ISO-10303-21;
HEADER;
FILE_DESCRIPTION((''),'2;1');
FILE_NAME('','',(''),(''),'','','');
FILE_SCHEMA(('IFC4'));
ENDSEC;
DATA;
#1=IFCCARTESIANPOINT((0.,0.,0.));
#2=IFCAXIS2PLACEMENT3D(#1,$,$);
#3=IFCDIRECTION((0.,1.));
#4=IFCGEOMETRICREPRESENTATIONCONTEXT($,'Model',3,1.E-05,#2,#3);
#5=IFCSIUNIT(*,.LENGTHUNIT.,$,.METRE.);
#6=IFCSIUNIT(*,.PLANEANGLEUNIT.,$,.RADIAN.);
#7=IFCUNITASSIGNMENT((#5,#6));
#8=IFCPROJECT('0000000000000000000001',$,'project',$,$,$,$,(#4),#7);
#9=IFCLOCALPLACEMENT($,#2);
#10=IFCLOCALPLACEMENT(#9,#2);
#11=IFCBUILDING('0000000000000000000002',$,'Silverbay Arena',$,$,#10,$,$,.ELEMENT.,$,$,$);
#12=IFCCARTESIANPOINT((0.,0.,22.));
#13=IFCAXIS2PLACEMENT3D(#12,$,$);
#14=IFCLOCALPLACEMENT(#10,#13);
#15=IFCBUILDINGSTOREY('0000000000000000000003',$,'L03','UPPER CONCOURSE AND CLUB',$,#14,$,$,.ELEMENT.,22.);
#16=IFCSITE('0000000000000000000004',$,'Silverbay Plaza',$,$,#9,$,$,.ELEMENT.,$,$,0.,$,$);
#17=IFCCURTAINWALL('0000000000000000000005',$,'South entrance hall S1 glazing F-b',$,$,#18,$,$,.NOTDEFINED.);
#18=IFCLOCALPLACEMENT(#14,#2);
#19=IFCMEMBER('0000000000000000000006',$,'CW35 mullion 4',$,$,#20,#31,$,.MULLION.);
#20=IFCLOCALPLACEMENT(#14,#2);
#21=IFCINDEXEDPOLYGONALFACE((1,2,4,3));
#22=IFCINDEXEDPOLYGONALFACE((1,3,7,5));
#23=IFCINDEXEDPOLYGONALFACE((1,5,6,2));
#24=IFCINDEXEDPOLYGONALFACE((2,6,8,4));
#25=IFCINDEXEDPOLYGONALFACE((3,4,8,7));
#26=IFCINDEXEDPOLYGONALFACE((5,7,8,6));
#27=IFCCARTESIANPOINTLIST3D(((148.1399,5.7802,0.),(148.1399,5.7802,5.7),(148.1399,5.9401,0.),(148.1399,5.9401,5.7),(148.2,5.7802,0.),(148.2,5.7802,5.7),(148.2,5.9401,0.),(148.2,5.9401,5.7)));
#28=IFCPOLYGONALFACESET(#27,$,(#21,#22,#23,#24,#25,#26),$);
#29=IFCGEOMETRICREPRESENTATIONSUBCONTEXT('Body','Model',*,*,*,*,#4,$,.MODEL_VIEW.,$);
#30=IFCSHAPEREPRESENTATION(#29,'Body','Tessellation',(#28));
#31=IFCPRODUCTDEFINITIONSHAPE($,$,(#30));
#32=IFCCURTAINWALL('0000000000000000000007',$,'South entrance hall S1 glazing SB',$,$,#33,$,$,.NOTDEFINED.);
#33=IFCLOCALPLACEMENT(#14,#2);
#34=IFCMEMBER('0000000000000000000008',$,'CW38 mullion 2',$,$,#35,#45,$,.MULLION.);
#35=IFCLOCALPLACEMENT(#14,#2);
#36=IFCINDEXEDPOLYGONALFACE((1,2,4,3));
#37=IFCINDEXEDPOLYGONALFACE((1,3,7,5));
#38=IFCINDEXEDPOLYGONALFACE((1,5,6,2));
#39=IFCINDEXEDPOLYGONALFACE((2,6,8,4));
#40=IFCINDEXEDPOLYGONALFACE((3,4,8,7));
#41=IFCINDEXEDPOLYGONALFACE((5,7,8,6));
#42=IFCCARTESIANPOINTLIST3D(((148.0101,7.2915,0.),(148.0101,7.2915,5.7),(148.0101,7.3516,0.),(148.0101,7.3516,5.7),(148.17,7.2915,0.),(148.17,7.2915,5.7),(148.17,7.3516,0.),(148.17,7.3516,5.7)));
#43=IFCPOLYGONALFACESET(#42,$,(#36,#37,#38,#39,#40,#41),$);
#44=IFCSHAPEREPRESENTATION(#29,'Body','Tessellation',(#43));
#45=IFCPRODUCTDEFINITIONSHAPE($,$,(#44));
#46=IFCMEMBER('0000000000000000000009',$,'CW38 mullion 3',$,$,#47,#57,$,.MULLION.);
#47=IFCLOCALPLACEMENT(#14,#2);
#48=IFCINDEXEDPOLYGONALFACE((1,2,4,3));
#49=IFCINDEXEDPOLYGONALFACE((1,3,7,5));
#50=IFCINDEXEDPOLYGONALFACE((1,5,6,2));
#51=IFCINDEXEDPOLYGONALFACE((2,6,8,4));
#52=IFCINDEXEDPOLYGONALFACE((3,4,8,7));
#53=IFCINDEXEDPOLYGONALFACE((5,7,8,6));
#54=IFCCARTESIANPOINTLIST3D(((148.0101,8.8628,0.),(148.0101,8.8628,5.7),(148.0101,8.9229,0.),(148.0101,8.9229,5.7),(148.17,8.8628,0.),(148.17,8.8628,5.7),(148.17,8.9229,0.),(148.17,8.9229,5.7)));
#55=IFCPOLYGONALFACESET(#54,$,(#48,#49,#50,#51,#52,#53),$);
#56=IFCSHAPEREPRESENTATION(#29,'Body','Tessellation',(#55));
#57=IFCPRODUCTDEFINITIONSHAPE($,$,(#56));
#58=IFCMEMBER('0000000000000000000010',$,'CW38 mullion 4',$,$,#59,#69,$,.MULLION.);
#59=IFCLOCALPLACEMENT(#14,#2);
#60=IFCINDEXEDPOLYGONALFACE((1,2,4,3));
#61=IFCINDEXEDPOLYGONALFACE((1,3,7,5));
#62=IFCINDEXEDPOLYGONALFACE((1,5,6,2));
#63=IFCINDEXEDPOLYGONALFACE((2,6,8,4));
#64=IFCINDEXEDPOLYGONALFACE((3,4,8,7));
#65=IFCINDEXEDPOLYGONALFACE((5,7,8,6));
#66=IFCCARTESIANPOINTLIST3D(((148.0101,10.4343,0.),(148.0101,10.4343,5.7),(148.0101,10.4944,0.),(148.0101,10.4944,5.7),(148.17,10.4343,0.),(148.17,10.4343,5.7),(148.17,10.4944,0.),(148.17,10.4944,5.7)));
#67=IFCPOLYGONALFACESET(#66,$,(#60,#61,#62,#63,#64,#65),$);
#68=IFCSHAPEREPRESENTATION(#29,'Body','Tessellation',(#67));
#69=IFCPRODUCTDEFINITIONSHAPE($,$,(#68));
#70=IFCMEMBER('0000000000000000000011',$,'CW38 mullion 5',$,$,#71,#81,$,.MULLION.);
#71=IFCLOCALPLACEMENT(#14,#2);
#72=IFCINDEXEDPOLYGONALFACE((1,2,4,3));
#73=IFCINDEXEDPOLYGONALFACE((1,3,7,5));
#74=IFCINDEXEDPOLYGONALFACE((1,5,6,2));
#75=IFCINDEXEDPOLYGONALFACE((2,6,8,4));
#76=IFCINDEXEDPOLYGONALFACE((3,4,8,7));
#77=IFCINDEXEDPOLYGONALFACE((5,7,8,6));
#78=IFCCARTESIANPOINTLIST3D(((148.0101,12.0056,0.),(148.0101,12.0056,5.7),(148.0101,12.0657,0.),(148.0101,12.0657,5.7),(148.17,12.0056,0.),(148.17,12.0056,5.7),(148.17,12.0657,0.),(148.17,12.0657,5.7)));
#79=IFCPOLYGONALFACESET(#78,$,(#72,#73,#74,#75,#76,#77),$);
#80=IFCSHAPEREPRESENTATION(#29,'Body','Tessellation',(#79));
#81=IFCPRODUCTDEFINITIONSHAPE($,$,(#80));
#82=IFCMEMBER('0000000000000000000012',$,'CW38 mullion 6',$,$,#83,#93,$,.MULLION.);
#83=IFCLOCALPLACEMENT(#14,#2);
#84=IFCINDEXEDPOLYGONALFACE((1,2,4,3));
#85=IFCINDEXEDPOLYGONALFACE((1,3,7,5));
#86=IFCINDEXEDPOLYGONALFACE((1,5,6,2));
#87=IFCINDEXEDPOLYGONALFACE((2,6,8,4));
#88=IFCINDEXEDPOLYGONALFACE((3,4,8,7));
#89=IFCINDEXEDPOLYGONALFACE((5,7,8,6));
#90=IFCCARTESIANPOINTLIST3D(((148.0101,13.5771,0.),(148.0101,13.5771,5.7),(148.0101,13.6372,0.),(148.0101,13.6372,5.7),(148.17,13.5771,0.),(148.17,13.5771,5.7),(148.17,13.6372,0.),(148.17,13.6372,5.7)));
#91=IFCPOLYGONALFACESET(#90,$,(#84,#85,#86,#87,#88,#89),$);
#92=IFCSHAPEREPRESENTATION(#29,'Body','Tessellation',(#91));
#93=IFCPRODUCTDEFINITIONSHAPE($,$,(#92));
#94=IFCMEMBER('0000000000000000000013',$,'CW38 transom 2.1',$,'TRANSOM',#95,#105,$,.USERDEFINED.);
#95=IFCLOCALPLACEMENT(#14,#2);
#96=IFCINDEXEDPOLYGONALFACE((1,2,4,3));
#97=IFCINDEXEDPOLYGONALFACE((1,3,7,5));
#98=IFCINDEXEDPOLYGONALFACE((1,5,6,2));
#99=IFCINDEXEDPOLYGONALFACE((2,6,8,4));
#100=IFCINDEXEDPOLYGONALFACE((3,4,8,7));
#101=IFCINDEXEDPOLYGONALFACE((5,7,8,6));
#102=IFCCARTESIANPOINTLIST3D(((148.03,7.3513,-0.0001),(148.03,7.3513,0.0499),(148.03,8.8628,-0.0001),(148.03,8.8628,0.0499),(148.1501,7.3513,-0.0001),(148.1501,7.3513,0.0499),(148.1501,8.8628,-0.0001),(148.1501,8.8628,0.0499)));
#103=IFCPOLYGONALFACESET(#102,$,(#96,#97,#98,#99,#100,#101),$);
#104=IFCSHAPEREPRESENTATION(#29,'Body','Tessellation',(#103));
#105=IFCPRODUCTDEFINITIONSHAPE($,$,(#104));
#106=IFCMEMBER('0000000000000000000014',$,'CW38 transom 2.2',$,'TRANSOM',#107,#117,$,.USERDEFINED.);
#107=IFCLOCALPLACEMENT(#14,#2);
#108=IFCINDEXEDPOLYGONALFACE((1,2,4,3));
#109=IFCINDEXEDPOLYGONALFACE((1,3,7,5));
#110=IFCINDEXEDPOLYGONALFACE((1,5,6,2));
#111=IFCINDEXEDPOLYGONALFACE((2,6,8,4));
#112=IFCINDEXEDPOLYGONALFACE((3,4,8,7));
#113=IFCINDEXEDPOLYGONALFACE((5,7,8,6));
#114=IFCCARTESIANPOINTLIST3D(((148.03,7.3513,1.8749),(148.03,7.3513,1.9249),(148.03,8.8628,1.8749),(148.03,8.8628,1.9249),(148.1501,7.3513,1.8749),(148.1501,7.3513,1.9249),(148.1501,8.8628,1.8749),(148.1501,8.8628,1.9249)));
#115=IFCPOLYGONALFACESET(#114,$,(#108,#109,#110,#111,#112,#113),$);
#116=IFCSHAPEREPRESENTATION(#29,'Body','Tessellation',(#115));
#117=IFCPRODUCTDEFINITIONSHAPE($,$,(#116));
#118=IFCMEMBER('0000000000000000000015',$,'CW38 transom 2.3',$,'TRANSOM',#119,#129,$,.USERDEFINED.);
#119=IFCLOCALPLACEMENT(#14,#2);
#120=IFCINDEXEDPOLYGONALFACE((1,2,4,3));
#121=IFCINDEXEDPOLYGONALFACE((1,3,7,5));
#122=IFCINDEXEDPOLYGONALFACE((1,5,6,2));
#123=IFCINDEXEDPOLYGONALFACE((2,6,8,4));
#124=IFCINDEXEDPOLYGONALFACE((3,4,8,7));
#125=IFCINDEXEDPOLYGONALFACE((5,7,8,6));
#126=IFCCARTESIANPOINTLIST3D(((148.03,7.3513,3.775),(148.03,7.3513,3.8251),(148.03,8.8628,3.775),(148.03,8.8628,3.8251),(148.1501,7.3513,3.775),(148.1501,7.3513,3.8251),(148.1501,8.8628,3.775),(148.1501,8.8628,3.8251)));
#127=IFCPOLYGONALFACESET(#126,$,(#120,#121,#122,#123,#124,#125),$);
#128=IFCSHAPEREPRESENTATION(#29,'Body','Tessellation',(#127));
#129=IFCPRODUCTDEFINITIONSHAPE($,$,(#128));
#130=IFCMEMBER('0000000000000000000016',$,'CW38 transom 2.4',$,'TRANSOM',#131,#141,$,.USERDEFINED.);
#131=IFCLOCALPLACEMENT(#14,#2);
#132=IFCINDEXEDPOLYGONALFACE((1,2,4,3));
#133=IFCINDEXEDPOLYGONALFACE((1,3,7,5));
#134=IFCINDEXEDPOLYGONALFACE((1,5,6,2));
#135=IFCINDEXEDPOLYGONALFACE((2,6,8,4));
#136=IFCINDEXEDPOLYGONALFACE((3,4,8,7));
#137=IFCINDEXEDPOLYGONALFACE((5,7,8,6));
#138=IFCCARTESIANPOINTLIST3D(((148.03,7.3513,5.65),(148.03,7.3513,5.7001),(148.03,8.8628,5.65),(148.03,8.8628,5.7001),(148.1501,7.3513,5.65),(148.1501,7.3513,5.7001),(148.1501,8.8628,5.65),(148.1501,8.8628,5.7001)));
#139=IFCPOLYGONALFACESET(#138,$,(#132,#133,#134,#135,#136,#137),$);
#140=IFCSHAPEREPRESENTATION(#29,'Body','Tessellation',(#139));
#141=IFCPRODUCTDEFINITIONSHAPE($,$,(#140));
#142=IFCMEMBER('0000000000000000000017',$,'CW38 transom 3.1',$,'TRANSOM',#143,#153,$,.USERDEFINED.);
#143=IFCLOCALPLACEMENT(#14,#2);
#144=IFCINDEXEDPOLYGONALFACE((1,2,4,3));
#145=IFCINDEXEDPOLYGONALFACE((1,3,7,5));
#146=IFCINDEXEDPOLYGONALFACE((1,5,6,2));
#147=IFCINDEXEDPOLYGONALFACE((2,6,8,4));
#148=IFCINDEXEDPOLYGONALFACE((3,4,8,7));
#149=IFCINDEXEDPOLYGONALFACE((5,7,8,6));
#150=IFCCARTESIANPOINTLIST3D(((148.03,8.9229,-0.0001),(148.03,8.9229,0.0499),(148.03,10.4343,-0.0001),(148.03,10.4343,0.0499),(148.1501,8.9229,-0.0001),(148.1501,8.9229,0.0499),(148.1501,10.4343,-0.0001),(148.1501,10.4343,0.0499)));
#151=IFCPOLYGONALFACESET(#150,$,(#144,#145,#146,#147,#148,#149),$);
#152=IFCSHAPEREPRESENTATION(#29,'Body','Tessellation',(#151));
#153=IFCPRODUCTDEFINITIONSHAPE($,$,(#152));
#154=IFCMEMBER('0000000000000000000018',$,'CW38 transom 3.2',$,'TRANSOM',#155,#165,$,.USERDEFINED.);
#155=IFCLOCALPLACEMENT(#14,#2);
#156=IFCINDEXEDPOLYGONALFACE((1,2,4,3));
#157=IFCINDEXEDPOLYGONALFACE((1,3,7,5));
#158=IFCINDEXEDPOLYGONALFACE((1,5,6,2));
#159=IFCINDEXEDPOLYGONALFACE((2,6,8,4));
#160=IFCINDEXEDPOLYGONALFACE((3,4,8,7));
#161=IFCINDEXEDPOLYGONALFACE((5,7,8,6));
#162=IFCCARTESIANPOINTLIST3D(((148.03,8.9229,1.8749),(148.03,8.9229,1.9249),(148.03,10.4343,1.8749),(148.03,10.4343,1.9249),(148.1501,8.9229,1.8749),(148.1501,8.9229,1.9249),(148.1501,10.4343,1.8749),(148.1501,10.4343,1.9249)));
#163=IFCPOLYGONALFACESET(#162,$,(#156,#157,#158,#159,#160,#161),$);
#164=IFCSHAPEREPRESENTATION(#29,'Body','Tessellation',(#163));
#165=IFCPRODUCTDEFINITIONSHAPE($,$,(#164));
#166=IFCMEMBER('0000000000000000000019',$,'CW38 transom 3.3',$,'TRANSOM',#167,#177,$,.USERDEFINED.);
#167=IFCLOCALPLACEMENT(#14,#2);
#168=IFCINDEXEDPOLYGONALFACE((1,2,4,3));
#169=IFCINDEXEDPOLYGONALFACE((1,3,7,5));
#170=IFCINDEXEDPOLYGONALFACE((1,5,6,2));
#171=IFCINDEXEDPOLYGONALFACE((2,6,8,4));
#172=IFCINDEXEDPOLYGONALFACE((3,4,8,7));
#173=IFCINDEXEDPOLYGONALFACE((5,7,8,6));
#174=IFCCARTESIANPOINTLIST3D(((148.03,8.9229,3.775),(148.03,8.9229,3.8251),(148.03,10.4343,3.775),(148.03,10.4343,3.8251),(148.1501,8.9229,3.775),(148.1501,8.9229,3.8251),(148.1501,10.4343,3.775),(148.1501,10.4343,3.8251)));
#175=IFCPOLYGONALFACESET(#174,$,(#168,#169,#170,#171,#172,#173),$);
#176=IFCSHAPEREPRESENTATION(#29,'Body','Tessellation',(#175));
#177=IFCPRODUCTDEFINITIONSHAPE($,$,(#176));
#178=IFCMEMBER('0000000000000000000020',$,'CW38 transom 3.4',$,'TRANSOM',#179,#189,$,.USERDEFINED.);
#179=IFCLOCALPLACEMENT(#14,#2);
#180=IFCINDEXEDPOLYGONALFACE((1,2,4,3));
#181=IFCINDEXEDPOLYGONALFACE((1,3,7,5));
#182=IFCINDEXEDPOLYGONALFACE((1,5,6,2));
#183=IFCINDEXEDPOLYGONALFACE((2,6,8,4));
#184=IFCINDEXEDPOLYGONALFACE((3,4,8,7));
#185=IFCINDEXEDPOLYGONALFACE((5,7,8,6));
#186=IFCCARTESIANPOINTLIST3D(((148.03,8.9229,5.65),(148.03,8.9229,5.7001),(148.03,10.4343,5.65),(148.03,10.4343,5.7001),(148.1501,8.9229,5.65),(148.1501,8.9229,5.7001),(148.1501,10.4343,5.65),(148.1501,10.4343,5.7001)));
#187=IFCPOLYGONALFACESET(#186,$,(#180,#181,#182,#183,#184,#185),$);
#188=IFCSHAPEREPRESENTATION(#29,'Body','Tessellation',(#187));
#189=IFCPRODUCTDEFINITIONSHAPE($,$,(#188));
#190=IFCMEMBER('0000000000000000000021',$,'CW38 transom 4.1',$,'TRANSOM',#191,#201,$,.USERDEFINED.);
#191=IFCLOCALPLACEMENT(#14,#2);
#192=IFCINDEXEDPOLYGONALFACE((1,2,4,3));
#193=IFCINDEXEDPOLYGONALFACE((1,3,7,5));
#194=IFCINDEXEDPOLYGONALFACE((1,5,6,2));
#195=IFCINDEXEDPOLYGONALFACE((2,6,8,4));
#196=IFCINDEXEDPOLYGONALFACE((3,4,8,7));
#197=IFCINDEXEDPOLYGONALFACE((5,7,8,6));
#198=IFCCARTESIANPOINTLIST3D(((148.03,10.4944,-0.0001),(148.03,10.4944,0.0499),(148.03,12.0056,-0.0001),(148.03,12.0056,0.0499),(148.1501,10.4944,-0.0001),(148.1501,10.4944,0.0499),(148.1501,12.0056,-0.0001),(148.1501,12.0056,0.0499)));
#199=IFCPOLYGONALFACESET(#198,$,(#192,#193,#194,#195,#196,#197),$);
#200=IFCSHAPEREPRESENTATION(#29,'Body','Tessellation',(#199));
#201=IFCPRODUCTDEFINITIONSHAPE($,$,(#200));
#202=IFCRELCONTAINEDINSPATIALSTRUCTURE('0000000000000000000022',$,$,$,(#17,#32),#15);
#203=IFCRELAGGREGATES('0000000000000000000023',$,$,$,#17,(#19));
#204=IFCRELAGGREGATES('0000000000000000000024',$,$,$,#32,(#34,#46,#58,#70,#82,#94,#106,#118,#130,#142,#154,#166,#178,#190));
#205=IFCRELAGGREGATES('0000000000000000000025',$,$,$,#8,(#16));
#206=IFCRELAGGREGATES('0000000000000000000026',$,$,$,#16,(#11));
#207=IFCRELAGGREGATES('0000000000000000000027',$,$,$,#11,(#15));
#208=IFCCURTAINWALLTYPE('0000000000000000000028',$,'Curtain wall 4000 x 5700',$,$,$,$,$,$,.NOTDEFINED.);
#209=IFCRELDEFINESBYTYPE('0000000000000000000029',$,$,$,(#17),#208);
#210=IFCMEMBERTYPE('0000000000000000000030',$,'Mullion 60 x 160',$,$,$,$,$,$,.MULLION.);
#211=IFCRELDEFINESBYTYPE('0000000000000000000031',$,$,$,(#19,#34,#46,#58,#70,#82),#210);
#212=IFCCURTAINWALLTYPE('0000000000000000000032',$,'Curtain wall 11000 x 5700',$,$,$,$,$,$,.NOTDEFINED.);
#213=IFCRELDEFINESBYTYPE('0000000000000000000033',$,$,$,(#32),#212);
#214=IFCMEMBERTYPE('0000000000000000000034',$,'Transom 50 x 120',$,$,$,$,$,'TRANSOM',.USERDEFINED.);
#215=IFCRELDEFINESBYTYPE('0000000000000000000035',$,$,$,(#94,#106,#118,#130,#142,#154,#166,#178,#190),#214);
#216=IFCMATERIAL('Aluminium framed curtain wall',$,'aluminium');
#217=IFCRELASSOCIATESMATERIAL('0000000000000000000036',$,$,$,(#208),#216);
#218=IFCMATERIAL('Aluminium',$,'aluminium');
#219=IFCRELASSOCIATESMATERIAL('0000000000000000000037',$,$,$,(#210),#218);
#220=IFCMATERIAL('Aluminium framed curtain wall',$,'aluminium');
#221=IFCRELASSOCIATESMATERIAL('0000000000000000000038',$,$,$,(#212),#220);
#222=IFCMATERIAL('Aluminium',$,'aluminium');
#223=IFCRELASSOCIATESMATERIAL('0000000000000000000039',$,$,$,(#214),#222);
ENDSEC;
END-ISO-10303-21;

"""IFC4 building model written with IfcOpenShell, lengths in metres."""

from ifc_helpers import new_model, si_unit, direction, frame, origin, origin_2d, place, context, subcontext, project, spatial, rectangle, extrude, material, material_profile, profile_set, type_object, element, aggregate, save


model = new_model("IFC4")

# Units and contexts
model_context = context("Model", 3, precision=1e-05, world=origin(), true_north=direction((0.0, 1.0)))
body_context = subcontext(model_context, "Body", "Model", "MODEL_VIEW")
ifc_project = project(units=[si_unit("LENGTHUNIT", "METRE"), si_unit("PLANEANGLEUNIT", "RADIAN")], contexts=[model_context])

# Site, building, storey
site_placement = place(None, origin())
site = spatial("IfcSite", under=ifc_project, at=site_placement, Name="Silverbay Plaza", CompositionType="ELEMENT", RefElevation=0.0)
building_placement = place(site_placement, origin())
building = spatial("IfcBuilding", under=site, at=building_placement, Name="Silverbay Arena", CompositionType="ELEMENT")
storey_placement = place(building_placement, frame((0.0, 0.0, 22.0)))
storey = spatial("IfcBuildingStorey", under=building, at=storey_placement, Name="L03", Description="UPPER CONCOURSE AND CLUB", CompositionType="ELEMENT", Elevation=22.0)

# Curtain wall, member
ifc_material_1 = material(Name="Aluminium framed curtain wall", Category="aluminium")
curtain_wall_type_1 = type_object("IfcCurtainWallType", Name="Curtain wall 4000 x 5700", PredefinedType="NOTDEFINED", material=ifc_material_1)
curtain_wall_1_placement = place(storey_placement, origin())
curtain_wall_1 = element("IfcCurtainWall", 1, at=curtain_wall_1_placement, inside=storey, type_object=curtain_wall_type_1, Name="South entrance hall S1 glazing F-b", PredefinedType="NOTDEFINED")
ifc_material_2 = material(Name="Aluminium", Category="aluminium")
ifc_material_profile_1 = material_profile(ifc_material_2, rectangle(XDim=0.1599, YDim=0.0601, at=origin_2d()), Name="Mullion 60 x 160")
ifc_profile_set_1 = profile_set([ifc_material_profile_1], Name="Aluminium")
member_type_1 = type_object("IfcMemberType", Name="Mullion 60 x 160", PredefinedType="MULLION", material=ifc_profile_set_1)
member_1_placement = place(storey_placement, frame((148.1699, 5.8601, 0.0), z_axis=(0.0, 0.0, 1.0), x_axis=(0.0, 1.0, 0.0)))
member_1 = element("IfcMember", 2, at=member_1_placement, type_object=member_type_1, Name="CW35 mullion 4", PredefinedType="MULLION", context=body_context, shape_type="SweptSolid", body=[
    extrude(rectangle(XDim=0.1599, YDim=0.0601, at=origin_2d()), origin(), (0.0, 0.0, 1.0), 5.7),
])

# Curtain wall, members
ifc_material_3 = material(Name="Aluminium framed curtain wall", Category="aluminium")
curtain_wall_type_2 = type_object("IfcCurtainWallType", Name="Curtain wall 11000 x 5700", PredefinedType="NOTDEFINED", material=ifc_material_3)
curtain_wall_2_placement = place(storey_placement, origin())
curtain_wall_2 = element("IfcCurtainWall", 3, at=curtain_wall_2_placement, inside=storey, type_object=curtain_wall_type_2, Name="South entrance hall S1 glazing SB", PredefinedType="NOTDEFINED")
member_2_placement = place(storey_placement, frame((148.0901, 7.3215, 0.0), z_axis=(0.0, 0.0, 1.0), x_axis=(-1.0, 0.0, 0.0)))
member_2 = element("IfcMember", 4, at=member_2_placement, type_object=member_type_1, Name="CW38 mullion 2", PredefinedType="MULLION", context=body_context, shape_type="SweptSolid", body=[
    extrude(rectangle(XDim=0.1599, YDim=0.0601, at=origin_2d()), origin(), (0.0, 0.0, 1.0), 5.7),
])
member_3_placement = place(storey_placement, frame((148.0901, 8.8928, 0.0), z_axis=(0.0, 0.0, 1.0), x_axis=(-1.0, 0.0, 0.0)))
member_3 = element("IfcMember", 5, at=member_3_placement, type_object=member_type_1, Name="CW38 mullion 3", PredefinedType="MULLION", context=body_context, shape_type="SweptSolid", body=[
    extrude(rectangle(XDim=0.1599, YDim=0.0601, at=origin_2d()), origin(), (0.0, 0.0, 1.0), 5.7),
])
member_4_placement = place(storey_placement, frame((148.0901, 10.4644, 0.0), z_axis=(0.0, 0.0, 1.0), x_axis=(-1.0, 0.0, 0.0)))
member_4 = element("IfcMember", 6, at=member_4_placement, type_object=member_type_1, Name="CW38 mullion 4", PredefinedType="MULLION", context=body_context, shape_type="SweptSolid", body=[
    extrude(rectangle(XDim=0.1599, YDim=0.0601, at=origin_2d()), origin(), (0.0, 0.0, 1.0), 5.7),
])
member_5_placement = place(storey_placement, frame((148.0901, 12.0356, 0.0), z_axis=(0.0, 0.0, 1.0), x_axis=(-1.0, 0.0, 0.0)))
member_5 = element("IfcMember", 7, at=member_5_placement, type_object=member_type_1, Name="CW38 mullion 5", PredefinedType="MULLION", context=body_context, shape_type="SweptSolid", body=[
    extrude(rectangle(XDim=0.1599, YDim=0.0601, at=origin_2d()), origin(), (0.0, 0.0, 1.0), 5.7),
])
member_6_placement = place(storey_placement, frame((148.0901, 13.6072, 0.0), z_axis=(0.0, 0.0, 1.0), x_axis=(-1.0, 0.0, 0.0)))
member_6 = element("IfcMember", 8, at=member_6_placement, type_object=member_type_1, Name="CW38 mullion 6", PredefinedType="MULLION", context=body_context, shape_type="SweptSolid", body=[
    extrude(rectangle(XDim=0.1599, YDim=0.0601, at=origin_2d()), origin(), (0.0, 0.0, 1.0), 5.7),
])
ifc_material_4 = material(Name="Aluminium", Category="aluminium")
ifc_material_profile_2 = material_profile(ifc_material_4, rectangle(XDim=0.1201, YDim=0.05, at=origin_2d()), Name="Transom 50 x 120")
ifc_profile_set_2 = profile_set([ifc_material_profile_2], Name="Aluminium")
member_type_2 = type_object("IfcMemberType", Name="Transom 50 x 120", ElementType="TRANSOM", PredefinedType="USERDEFINED", material=ifc_profile_set_2)
member_7_placement = place(storey_placement, frame((148.0901, 7.3513, 0.0249), z_axis=(0.0, 1.0, 0.0), x_axis=(-1.0, 0.0, 0.0)))
member_7 = element("IfcMember", 9, at=member_7_placement, type_object=member_type_2, Name="CW38 transom 2.1", ObjectType="TRANSOM", PredefinedType="USERDEFINED", context=body_context, shape_type="SweptSolid", body=[
    extrude(rectangle(XDim=0.1201, YDim=0.05, at=origin_2d()), origin(), (0.0, 0.0, 1.0), 1.5115),
])
member_8_placement = place(storey_placement, frame((148.0901, 7.3513, 1.8999), z_axis=(0.0, 1.0, 0.0), x_axis=(-1.0, 0.0, 0.0)))
member_8 = element("IfcMember", 10, at=member_8_placement, type_object=member_type_2, Name="CW38 transom 2.2", ObjectType="TRANSOM", PredefinedType="USERDEFINED", context=body_context, shape_type="SweptSolid", body=[
    extrude(rectangle(XDim=0.1201, YDim=0.05, at=origin_2d()), origin(), (0.0, 0.0, 1.0), 1.5115),
])
member_9_placement = place(storey_placement, frame((148.0901, 7.3513, 3.8), z_axis=(0.0, 1.0, 0.0), x_axis=(-1.0, 0.0, 0.0)))
member_9 = element("IfcMember", 11, at=member_9_placement, type_object=member_type_2, Name="CW38 transom 2.3", ObjectType="TRANSOM", PredefinedType="USERDEFINED", context=body_context, shape_type="SweptSolid", body=[
    extrude(rectangle(XDim=0.1201, YDim=0.05, at=origin_2d()), origin(), (0.0, 0.0, 1.0), 1.5115),
])
member_10_placement = place(storey_placement, frame((148.0901, 7.3513, 5.675), z_axis=(0.0, 1.0, 0.0), x_axis=(-1.0, 0.0, 0.0)))
member_10 = element("IfcMember", 12, at=member_10_placement, type_object=member_type_2, Name="CW38 transom 2.4", ObjectType="TRANSOM", PredefinedType="USERDEFINED", context=body_context, shape_type="SweptSolid", body=[
    extrude(rectangle(XDim=0.1201, YDim=0.05, at=origin_2d()), origin(), (0.0, 0.0, 1.0), 1.5115),
])
member_11_placement = place(storey_placement, frame((148.0901, 8.9229, 0.0249), z_axis=(0.0, 1.0, 0.0), x_axis=(-1.0, 0.0, 0.0)))
member_11 = element("IfcMember", 13, at=member_11_placement, type_object=member_type_2, Name="CW38 transom 3.1", ObjectType="TRANSOM", PredefinedType="USERDEFINED", context=body_context, shape_type="SweptSolid", body=[
    extrude(rectangle(XDim=0.1201, YDim=0.05, at=origin_2d()), origin(), (0.0, 0.0, 1.0), 1.5115),
])
member_12_placement = place(storey_placement, frame((148.0901, 8.9229, 1.8999), z_axis=(0.0, 1.0, 0.0), x_axis=(-1.0, 0.0, 0.0)))
member_12 = element("IfcMember", 14, at=member_12_placement, type_object=member_type_2, Name="CW38 transom 3.2", ObjectType="TRANSOM", PredefinedType="USERDEFINED", context=body_context, shape_type="SweptSolid", body=[
    extrude(rectangle(XDim=0.1201, YDim=0.05, at=origin_2d()), origin(), (0.0, 0.0, 1.0), 1.5115),
])
member_13_placement = place(storey_placement, frame((148.0901, 8.9229, 3.8), z_axis=(0.0, 1.0, 0.0), x_axis=(-1.0, 0.0, 0.0)))
member_13 = element("IfcMember", 15, at=member_13_placement, type_object=member_type_2, Name="CW38 transom 3.3", ObjectType="TRANSOM", PredefinedType="USERDEFINED", context=body_context, shape_type="SweptSolid", body=[
    extrude(rectangle(XDim=0.1201, YDim=0.05, at=origin_2d()), origin(), (0.0, 0.0, 1.0), 1.5115),
])
member_14_placement = place(storey_placement, frame((148.0901, 8.9229, 5.675), z_axis=(0.0, 1.0, 0.0), x_axis=(-1.0, 0.0, 0.0)))
member_14 = element("IfcMember", 16, at=member_14_placement, type_object=member_type_2, Name="CW38 transom 3.4", ObjectType="TRANSOM", PredefinedType="USERDEFINED", context=body_context, shape_type="SweptSolid", body=[
    extrude(rectangle(XDim=0.1201, YDim=0.05, at=origin_2d()), origin(), (0.0, 0.0, 1.0), 1.5115),
])
member_15_placement = place(storey_placement, frame((148.0901, 10.4944, 0.0249), z_axis=(0.0, 1.0, 0.0), x_axis=(-1.0, 0.0, 0.0)))
member_15 = element("IfcMember", 17, at=member_15_placement, type_object=member_type_2, Name="CW38 transom 4.1", ObjectType="TRANSOM", PredefinedType="USERDEFINED", context=body_context, shape_type="SweptSolid", body=[
    extrude(rectangle(XDim=0.1201, YDim=0.05, at=origin_2d()), origin(), (0.0, 0.0, 1.0), 1.5112),
])

aggregate(curtain_wall_1, [member_1])
aggregate(curtain_wall_2, [member_2, member_3, member_4, member_5, member_6, member_7, member_8, member_9, member_10, member_11, member_12, member_13, member_14, member_15])

save(model, "model.ifc")
